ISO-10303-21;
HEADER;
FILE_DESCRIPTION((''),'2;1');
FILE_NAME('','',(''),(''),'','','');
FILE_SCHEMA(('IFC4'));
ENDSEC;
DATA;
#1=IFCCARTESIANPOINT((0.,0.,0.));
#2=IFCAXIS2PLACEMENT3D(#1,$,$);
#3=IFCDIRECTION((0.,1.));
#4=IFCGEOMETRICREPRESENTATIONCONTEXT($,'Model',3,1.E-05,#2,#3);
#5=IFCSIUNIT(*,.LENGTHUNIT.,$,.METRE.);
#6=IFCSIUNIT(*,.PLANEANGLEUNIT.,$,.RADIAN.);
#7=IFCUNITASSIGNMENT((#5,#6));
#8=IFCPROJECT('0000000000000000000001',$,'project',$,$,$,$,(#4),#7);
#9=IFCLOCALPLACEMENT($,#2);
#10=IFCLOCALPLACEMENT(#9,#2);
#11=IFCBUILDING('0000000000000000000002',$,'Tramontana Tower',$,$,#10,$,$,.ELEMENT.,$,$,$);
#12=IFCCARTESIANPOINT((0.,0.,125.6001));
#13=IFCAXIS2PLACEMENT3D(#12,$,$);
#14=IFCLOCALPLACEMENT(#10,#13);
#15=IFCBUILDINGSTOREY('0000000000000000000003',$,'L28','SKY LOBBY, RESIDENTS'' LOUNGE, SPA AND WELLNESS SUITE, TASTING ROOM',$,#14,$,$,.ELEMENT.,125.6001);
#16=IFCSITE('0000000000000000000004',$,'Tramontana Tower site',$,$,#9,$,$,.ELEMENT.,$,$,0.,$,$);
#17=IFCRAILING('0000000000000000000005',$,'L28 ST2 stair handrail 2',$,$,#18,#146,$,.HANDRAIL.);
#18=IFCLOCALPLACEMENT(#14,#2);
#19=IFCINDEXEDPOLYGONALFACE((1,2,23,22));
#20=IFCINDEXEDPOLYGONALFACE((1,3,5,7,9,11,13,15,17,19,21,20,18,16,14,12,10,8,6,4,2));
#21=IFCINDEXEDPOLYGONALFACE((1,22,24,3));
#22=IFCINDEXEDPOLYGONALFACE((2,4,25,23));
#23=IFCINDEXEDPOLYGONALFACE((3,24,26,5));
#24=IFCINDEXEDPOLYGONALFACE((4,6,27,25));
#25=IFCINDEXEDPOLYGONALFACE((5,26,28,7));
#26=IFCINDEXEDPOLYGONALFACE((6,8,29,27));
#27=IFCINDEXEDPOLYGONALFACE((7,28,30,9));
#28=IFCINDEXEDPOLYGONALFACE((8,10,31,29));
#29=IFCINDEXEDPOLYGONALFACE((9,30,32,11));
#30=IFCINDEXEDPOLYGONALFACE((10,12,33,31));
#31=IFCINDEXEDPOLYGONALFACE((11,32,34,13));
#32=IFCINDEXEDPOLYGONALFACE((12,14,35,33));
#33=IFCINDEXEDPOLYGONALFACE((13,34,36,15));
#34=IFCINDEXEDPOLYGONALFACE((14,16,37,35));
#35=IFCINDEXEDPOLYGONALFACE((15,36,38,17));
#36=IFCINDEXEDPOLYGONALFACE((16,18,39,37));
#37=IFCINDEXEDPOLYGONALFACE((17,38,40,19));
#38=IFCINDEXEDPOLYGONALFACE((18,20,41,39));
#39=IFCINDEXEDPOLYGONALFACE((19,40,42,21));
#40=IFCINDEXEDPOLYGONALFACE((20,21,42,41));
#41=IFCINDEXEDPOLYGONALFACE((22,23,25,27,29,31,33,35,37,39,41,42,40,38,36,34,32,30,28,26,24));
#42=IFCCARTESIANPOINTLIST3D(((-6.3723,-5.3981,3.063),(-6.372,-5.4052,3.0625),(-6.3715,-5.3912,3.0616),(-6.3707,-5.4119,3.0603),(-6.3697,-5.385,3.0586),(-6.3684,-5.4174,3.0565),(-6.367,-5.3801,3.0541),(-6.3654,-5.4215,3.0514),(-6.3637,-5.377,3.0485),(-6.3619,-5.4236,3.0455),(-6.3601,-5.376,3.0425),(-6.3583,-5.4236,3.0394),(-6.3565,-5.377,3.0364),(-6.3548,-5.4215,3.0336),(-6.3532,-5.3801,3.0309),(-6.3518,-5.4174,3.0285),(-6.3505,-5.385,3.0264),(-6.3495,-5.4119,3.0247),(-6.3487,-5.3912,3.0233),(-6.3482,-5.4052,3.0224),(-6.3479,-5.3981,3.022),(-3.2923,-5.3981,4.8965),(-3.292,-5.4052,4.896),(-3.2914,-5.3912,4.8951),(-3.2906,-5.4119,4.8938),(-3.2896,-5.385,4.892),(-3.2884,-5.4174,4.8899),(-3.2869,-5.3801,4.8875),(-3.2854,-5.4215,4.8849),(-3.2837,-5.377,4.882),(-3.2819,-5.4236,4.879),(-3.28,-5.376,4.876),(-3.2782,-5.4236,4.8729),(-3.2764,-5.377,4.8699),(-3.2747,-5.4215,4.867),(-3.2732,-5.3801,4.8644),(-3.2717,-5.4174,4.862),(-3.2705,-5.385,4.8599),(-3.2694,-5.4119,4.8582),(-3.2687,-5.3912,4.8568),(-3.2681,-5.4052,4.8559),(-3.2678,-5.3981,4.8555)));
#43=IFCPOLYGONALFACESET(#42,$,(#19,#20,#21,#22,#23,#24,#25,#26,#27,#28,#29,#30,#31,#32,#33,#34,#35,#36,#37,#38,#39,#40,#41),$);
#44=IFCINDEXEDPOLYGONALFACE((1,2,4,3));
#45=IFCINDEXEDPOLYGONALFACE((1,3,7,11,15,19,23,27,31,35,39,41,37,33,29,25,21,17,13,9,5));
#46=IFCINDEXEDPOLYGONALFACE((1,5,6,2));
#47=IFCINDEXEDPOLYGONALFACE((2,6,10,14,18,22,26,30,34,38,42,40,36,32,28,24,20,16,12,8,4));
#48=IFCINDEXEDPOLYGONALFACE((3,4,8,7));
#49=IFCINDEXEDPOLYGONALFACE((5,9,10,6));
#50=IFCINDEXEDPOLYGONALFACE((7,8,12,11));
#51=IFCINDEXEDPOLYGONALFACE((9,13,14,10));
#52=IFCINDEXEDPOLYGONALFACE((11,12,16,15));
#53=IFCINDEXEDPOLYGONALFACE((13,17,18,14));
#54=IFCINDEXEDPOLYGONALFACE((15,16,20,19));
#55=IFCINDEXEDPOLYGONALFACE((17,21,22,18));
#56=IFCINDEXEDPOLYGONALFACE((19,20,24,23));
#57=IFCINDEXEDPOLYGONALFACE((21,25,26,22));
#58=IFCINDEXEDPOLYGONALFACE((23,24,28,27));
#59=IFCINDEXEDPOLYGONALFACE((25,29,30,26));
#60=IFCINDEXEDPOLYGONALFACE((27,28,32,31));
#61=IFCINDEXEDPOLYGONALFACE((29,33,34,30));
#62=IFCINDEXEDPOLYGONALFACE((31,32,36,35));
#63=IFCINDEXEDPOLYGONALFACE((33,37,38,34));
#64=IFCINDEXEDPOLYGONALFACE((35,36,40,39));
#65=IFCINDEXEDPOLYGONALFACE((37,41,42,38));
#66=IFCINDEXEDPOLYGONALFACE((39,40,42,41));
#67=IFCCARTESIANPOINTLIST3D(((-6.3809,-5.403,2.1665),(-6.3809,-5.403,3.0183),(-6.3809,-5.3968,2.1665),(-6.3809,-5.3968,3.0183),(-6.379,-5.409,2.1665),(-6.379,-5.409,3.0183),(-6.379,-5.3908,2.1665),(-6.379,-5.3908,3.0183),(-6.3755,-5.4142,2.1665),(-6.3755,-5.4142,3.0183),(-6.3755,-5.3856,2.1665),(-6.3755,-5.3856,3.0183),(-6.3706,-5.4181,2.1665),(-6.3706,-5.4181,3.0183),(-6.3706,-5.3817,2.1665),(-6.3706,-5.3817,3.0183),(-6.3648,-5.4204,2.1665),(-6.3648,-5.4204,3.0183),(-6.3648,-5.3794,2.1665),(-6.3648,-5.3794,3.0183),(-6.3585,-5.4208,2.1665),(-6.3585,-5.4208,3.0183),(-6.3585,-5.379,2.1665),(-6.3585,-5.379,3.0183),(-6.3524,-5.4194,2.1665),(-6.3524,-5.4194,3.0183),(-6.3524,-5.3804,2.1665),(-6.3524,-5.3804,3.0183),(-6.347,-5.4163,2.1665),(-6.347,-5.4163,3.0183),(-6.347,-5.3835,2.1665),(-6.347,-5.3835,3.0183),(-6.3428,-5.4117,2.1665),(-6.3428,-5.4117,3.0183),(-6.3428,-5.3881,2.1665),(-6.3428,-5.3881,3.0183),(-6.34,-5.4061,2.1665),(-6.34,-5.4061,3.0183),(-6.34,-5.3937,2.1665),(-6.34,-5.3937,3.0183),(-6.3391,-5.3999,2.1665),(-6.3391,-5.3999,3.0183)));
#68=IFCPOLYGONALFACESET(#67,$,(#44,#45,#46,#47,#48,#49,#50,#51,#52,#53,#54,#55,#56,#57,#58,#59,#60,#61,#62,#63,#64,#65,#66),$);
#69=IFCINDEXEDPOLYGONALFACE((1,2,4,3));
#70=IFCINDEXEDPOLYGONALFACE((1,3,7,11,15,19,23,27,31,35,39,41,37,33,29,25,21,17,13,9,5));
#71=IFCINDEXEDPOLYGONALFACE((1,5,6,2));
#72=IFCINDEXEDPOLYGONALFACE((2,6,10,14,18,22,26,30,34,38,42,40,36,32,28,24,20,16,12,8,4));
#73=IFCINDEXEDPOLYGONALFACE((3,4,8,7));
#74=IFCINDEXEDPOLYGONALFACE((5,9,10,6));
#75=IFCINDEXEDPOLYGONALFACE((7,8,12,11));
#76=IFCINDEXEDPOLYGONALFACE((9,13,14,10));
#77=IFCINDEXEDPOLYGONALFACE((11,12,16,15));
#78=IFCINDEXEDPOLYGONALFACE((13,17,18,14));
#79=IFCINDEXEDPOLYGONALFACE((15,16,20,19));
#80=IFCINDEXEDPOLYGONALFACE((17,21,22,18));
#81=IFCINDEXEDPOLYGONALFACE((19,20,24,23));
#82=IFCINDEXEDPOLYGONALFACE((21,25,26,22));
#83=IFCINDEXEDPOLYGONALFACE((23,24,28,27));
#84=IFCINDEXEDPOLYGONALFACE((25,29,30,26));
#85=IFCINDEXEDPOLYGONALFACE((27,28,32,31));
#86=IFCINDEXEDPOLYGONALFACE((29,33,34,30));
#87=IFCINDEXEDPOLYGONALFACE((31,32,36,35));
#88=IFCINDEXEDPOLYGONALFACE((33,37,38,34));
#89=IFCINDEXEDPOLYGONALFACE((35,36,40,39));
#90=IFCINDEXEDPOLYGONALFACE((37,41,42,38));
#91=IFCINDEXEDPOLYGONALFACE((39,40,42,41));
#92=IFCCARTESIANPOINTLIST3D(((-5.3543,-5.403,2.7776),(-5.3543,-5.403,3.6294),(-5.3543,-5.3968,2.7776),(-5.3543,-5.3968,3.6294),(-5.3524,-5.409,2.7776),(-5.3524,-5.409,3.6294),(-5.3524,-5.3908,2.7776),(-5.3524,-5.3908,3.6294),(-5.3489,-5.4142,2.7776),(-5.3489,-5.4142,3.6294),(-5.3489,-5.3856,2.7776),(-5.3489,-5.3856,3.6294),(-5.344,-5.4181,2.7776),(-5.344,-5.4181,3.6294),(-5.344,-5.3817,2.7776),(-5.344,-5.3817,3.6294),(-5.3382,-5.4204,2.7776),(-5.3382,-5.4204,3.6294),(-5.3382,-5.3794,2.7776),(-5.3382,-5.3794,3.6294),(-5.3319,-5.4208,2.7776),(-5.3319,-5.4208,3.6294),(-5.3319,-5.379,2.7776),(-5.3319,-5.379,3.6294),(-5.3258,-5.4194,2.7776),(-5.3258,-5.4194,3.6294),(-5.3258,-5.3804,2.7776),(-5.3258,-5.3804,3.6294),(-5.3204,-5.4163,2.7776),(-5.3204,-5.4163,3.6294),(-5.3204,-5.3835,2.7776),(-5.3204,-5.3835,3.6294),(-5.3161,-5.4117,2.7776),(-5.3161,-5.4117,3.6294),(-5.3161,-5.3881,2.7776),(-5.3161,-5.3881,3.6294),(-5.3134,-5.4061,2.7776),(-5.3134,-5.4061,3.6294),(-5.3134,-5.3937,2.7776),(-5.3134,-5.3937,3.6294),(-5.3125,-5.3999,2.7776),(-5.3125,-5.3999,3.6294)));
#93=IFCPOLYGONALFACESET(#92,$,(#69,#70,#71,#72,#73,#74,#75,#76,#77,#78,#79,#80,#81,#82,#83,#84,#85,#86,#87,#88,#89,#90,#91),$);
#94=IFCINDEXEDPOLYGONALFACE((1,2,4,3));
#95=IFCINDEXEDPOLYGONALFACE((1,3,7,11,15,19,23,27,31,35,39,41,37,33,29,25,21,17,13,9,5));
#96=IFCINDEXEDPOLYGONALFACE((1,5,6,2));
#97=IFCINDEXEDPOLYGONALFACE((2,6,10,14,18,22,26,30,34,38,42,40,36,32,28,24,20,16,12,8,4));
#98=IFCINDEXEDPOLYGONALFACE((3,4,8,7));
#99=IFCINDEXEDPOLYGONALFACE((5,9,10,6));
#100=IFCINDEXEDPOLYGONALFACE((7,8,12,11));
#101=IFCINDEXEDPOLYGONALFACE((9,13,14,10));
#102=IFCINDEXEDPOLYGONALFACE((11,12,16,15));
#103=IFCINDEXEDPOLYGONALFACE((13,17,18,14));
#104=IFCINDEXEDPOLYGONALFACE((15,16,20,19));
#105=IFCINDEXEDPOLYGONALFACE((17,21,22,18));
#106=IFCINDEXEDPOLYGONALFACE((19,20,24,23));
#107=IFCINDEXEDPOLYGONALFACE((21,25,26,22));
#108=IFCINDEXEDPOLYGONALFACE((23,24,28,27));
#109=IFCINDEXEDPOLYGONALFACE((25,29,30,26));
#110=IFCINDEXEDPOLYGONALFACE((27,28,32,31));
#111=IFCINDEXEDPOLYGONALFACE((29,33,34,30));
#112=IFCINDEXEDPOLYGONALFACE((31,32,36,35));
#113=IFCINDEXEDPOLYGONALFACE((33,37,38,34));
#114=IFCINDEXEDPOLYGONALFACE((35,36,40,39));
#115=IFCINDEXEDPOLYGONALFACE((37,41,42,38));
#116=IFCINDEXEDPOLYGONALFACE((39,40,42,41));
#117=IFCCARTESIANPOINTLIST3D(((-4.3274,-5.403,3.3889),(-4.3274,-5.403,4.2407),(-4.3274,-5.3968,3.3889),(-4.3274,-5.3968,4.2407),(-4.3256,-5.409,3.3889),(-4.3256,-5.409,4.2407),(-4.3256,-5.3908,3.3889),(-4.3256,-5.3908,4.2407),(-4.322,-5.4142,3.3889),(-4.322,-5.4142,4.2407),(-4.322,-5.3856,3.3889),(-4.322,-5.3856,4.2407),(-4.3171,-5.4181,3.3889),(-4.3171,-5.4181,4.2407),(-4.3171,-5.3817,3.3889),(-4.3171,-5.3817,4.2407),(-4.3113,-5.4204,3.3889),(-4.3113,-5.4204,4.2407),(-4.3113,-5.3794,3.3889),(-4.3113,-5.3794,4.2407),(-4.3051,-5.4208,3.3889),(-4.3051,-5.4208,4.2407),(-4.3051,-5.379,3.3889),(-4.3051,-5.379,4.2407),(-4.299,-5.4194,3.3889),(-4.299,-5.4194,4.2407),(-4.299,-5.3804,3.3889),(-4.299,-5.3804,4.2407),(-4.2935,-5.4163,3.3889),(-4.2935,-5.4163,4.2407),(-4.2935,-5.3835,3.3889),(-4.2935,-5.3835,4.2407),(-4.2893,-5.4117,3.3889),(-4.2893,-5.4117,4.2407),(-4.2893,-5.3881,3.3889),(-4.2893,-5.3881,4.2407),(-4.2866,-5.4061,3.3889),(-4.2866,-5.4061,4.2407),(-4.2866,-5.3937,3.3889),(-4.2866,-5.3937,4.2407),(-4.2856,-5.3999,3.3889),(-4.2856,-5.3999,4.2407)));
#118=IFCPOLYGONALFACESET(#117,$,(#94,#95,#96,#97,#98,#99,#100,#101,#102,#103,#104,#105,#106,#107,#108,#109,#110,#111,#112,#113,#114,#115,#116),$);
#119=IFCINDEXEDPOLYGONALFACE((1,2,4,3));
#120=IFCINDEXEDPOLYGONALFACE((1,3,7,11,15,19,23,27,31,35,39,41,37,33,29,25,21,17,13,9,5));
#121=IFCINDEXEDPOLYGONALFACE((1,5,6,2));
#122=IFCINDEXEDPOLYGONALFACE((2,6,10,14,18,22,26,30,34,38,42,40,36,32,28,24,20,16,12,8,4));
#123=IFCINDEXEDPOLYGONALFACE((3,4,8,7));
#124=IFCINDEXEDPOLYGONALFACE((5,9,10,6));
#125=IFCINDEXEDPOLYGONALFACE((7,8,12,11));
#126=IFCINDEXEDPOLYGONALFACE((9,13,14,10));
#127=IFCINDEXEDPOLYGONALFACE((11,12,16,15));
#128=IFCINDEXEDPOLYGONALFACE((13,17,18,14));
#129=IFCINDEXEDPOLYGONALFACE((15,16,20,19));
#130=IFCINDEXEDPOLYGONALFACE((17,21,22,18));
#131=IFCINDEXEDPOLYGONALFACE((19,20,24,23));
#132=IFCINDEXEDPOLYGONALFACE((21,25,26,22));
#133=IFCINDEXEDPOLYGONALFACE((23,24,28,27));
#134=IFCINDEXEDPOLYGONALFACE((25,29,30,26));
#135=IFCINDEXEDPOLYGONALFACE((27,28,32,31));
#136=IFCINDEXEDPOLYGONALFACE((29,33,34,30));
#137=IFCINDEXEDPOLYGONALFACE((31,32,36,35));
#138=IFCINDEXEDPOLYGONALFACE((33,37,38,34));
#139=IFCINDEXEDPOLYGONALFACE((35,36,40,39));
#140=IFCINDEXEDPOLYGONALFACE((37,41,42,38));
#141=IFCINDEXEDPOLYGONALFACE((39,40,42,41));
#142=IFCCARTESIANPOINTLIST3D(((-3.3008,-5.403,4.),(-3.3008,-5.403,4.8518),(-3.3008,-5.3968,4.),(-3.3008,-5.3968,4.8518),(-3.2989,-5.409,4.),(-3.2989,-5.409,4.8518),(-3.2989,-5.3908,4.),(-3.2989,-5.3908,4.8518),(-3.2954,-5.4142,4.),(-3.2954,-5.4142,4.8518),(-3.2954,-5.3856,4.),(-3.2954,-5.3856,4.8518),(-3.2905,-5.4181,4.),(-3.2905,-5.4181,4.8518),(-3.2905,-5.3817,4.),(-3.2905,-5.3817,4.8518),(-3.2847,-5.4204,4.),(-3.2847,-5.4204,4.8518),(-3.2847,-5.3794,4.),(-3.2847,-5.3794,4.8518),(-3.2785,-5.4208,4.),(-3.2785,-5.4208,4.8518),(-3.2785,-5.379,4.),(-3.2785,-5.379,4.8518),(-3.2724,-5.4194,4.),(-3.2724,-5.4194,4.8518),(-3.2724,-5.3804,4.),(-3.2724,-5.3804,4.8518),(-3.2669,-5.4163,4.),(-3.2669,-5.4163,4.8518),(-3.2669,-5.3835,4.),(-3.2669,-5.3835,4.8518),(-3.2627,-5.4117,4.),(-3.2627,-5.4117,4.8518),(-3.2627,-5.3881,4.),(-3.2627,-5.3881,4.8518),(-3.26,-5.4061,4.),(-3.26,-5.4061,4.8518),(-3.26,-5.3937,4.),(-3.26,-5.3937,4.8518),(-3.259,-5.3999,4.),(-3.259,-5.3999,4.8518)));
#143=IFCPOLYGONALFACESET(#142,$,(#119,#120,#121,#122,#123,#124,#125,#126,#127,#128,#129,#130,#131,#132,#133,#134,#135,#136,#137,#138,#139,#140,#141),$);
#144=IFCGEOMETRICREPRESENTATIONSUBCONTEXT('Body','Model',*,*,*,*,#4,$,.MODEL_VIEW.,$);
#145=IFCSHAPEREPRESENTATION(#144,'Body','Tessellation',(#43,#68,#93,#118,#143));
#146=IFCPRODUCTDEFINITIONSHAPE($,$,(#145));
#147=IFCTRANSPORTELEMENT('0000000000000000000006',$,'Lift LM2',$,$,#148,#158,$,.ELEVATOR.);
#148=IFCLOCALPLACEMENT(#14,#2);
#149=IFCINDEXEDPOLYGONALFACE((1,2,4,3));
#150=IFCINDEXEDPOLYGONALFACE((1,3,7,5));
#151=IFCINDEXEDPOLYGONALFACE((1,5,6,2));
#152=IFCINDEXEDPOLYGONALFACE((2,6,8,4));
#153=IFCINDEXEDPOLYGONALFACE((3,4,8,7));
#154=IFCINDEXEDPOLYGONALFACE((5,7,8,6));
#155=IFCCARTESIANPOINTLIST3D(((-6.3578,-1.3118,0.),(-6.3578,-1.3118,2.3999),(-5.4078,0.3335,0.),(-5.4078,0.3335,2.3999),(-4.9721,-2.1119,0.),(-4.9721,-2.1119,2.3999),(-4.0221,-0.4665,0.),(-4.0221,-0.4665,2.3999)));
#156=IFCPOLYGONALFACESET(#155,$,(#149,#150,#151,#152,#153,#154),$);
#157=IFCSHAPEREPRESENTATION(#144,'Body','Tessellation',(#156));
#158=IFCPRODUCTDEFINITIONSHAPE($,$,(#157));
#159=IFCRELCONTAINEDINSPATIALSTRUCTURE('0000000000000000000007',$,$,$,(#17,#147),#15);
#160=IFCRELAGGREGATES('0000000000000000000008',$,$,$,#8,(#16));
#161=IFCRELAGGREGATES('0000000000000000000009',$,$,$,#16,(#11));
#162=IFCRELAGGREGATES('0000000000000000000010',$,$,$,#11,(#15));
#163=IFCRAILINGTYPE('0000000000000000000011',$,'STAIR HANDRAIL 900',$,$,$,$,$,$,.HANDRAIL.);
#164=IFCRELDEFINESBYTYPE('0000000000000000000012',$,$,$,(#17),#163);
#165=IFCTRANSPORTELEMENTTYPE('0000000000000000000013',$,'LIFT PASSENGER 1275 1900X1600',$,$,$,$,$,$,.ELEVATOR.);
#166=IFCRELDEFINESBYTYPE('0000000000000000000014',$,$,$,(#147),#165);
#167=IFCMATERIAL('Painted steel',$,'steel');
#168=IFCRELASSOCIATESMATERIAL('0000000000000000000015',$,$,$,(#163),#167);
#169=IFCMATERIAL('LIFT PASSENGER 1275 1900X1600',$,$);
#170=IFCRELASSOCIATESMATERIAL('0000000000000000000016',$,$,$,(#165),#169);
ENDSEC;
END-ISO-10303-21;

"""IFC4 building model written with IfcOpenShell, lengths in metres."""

from ifc_helpers import new_model, si_unit, direction, frame, origin, origin_2d, place, context, subcontext, project, spatial, rectangle, circle, extrude, material, type_object, element, save


model = new_model("IFC4")

# Units and contexts
model_context = context("Model", 3, precision=1e-05, world=origin(), true_north=direction((0.0, 1.0)))
body_context = subcontext(model_context, "Body", "Model", "MODEL_VIEW")
ifc_project = project(units=[si_unit("LENGTHUNIT", "METRE"), si_unit("PLANEANGLEUNIT", "RADIAN")], contexts=[model_context])

# Site, building, storey
site_placement = place(None, origin())
site = spatial("IfcSite", under=ifc_project, at=site_placement, Name="Tramontana Tower site", CompositionType="ELEMENT", RefElevation=0.0)
building_placement = place(site_placement, origin())
building = spatial("IfcBuilding", under=site, at=building_placement, Name="Tramontana Tower", CompositionType="ELEMENT")
storey_placement = place(building_placement, frame((0.0, 0.0, 125.6001)))
storey = spatial("IfcBuildingStorey", under=building, at=storey_placement, Name="L28", Description="SKY LOBBY, RESIDENTS' LOUNGE, SPA AND WELLNESS SUITE, TASTING ROOM", CompositionType="ELEMENT", Elevation=125.6001)

# Railing
ifc_material_1 = material(Name="Painted steel", Category="steel")
railing_type_1 = type_object("IfcRailingType", Name="STAIR HANDRAIL 900", PredefinedType="HANDRAIL", material=ifc_material_1)
railing_1_placement = place(storey_placement, frame((-6.3601, -5.3999, 2.1665)))
element("IfcRailing", 1, at=railing_1_placement, inside=storey, type_object=railing_type_1, Name="L28 ST2 stair handrail 2", PredefinedType="HANDRAIL", context=body_context, shape_type="SweptSolid", body=[
    extrude(circle(Radius=0.0239, at=origin_2d()), frame((0.0, 0.0, 0.876), z_axis=(0.859279, 0.0, 0.511508), x_axis=(0.0, 1.0, 0.0)), (0.0, 0.0, 1.0), 3.5845),
    extrude(circle(Radius=0.021, at=origin_2d()), origin(), (0.0, 0.0, 1.0), 0.8518),
    extrude(circle(Radius=0.021, at=origin_2d()), frame((1.0266, 0.0, 0.6111)), (0.0, 0.0, 1.0), 0.8518),
    extrude(circle(Radius=0.021, at=origin_2d()), frame((2.0535, 0.0, 1.2224)), (0.0, 0.0, 1.0), 0.8518),
    extrude(circle(Radius=0.021, at=origin_2d()), frame((3.0801, 0.0, 1.8335)), (0.0, 0.0, 1.0), 0.8518),
])

# Transport element
ifc_material_2 = material(Name="LIFT PASSENGER 1275 1900X1600")
transport_element_type = type_object("IfcTransportElementType", Name="LIFT PASSENGER 1275 1900X1600", PredefinedType="ELEVATOR", material=ifc_material_2)
transport_element_placement = place(storey_placement, frame((-5.1899, -0.8892, 0.0), z_axis=(0.0, 0.0, 1.0), x_axis=(-0.5, -0.866025, 0.0)))
element("IfcTransportElement", 2, at=transport_element_placement, inside=storey, type_object=transport_element_type, Name="Lift LM2", PredefinedType="ELEVATOR", context=body_context, shape_type="SweptSolid", body=[
    extrude(rectangle(XDim=1.8999, YDim=1.6001, at=origin_2d()), origin(), (0.0, 0.0, 1.0), 2.3999),
])

save(model, "model.ifc")
